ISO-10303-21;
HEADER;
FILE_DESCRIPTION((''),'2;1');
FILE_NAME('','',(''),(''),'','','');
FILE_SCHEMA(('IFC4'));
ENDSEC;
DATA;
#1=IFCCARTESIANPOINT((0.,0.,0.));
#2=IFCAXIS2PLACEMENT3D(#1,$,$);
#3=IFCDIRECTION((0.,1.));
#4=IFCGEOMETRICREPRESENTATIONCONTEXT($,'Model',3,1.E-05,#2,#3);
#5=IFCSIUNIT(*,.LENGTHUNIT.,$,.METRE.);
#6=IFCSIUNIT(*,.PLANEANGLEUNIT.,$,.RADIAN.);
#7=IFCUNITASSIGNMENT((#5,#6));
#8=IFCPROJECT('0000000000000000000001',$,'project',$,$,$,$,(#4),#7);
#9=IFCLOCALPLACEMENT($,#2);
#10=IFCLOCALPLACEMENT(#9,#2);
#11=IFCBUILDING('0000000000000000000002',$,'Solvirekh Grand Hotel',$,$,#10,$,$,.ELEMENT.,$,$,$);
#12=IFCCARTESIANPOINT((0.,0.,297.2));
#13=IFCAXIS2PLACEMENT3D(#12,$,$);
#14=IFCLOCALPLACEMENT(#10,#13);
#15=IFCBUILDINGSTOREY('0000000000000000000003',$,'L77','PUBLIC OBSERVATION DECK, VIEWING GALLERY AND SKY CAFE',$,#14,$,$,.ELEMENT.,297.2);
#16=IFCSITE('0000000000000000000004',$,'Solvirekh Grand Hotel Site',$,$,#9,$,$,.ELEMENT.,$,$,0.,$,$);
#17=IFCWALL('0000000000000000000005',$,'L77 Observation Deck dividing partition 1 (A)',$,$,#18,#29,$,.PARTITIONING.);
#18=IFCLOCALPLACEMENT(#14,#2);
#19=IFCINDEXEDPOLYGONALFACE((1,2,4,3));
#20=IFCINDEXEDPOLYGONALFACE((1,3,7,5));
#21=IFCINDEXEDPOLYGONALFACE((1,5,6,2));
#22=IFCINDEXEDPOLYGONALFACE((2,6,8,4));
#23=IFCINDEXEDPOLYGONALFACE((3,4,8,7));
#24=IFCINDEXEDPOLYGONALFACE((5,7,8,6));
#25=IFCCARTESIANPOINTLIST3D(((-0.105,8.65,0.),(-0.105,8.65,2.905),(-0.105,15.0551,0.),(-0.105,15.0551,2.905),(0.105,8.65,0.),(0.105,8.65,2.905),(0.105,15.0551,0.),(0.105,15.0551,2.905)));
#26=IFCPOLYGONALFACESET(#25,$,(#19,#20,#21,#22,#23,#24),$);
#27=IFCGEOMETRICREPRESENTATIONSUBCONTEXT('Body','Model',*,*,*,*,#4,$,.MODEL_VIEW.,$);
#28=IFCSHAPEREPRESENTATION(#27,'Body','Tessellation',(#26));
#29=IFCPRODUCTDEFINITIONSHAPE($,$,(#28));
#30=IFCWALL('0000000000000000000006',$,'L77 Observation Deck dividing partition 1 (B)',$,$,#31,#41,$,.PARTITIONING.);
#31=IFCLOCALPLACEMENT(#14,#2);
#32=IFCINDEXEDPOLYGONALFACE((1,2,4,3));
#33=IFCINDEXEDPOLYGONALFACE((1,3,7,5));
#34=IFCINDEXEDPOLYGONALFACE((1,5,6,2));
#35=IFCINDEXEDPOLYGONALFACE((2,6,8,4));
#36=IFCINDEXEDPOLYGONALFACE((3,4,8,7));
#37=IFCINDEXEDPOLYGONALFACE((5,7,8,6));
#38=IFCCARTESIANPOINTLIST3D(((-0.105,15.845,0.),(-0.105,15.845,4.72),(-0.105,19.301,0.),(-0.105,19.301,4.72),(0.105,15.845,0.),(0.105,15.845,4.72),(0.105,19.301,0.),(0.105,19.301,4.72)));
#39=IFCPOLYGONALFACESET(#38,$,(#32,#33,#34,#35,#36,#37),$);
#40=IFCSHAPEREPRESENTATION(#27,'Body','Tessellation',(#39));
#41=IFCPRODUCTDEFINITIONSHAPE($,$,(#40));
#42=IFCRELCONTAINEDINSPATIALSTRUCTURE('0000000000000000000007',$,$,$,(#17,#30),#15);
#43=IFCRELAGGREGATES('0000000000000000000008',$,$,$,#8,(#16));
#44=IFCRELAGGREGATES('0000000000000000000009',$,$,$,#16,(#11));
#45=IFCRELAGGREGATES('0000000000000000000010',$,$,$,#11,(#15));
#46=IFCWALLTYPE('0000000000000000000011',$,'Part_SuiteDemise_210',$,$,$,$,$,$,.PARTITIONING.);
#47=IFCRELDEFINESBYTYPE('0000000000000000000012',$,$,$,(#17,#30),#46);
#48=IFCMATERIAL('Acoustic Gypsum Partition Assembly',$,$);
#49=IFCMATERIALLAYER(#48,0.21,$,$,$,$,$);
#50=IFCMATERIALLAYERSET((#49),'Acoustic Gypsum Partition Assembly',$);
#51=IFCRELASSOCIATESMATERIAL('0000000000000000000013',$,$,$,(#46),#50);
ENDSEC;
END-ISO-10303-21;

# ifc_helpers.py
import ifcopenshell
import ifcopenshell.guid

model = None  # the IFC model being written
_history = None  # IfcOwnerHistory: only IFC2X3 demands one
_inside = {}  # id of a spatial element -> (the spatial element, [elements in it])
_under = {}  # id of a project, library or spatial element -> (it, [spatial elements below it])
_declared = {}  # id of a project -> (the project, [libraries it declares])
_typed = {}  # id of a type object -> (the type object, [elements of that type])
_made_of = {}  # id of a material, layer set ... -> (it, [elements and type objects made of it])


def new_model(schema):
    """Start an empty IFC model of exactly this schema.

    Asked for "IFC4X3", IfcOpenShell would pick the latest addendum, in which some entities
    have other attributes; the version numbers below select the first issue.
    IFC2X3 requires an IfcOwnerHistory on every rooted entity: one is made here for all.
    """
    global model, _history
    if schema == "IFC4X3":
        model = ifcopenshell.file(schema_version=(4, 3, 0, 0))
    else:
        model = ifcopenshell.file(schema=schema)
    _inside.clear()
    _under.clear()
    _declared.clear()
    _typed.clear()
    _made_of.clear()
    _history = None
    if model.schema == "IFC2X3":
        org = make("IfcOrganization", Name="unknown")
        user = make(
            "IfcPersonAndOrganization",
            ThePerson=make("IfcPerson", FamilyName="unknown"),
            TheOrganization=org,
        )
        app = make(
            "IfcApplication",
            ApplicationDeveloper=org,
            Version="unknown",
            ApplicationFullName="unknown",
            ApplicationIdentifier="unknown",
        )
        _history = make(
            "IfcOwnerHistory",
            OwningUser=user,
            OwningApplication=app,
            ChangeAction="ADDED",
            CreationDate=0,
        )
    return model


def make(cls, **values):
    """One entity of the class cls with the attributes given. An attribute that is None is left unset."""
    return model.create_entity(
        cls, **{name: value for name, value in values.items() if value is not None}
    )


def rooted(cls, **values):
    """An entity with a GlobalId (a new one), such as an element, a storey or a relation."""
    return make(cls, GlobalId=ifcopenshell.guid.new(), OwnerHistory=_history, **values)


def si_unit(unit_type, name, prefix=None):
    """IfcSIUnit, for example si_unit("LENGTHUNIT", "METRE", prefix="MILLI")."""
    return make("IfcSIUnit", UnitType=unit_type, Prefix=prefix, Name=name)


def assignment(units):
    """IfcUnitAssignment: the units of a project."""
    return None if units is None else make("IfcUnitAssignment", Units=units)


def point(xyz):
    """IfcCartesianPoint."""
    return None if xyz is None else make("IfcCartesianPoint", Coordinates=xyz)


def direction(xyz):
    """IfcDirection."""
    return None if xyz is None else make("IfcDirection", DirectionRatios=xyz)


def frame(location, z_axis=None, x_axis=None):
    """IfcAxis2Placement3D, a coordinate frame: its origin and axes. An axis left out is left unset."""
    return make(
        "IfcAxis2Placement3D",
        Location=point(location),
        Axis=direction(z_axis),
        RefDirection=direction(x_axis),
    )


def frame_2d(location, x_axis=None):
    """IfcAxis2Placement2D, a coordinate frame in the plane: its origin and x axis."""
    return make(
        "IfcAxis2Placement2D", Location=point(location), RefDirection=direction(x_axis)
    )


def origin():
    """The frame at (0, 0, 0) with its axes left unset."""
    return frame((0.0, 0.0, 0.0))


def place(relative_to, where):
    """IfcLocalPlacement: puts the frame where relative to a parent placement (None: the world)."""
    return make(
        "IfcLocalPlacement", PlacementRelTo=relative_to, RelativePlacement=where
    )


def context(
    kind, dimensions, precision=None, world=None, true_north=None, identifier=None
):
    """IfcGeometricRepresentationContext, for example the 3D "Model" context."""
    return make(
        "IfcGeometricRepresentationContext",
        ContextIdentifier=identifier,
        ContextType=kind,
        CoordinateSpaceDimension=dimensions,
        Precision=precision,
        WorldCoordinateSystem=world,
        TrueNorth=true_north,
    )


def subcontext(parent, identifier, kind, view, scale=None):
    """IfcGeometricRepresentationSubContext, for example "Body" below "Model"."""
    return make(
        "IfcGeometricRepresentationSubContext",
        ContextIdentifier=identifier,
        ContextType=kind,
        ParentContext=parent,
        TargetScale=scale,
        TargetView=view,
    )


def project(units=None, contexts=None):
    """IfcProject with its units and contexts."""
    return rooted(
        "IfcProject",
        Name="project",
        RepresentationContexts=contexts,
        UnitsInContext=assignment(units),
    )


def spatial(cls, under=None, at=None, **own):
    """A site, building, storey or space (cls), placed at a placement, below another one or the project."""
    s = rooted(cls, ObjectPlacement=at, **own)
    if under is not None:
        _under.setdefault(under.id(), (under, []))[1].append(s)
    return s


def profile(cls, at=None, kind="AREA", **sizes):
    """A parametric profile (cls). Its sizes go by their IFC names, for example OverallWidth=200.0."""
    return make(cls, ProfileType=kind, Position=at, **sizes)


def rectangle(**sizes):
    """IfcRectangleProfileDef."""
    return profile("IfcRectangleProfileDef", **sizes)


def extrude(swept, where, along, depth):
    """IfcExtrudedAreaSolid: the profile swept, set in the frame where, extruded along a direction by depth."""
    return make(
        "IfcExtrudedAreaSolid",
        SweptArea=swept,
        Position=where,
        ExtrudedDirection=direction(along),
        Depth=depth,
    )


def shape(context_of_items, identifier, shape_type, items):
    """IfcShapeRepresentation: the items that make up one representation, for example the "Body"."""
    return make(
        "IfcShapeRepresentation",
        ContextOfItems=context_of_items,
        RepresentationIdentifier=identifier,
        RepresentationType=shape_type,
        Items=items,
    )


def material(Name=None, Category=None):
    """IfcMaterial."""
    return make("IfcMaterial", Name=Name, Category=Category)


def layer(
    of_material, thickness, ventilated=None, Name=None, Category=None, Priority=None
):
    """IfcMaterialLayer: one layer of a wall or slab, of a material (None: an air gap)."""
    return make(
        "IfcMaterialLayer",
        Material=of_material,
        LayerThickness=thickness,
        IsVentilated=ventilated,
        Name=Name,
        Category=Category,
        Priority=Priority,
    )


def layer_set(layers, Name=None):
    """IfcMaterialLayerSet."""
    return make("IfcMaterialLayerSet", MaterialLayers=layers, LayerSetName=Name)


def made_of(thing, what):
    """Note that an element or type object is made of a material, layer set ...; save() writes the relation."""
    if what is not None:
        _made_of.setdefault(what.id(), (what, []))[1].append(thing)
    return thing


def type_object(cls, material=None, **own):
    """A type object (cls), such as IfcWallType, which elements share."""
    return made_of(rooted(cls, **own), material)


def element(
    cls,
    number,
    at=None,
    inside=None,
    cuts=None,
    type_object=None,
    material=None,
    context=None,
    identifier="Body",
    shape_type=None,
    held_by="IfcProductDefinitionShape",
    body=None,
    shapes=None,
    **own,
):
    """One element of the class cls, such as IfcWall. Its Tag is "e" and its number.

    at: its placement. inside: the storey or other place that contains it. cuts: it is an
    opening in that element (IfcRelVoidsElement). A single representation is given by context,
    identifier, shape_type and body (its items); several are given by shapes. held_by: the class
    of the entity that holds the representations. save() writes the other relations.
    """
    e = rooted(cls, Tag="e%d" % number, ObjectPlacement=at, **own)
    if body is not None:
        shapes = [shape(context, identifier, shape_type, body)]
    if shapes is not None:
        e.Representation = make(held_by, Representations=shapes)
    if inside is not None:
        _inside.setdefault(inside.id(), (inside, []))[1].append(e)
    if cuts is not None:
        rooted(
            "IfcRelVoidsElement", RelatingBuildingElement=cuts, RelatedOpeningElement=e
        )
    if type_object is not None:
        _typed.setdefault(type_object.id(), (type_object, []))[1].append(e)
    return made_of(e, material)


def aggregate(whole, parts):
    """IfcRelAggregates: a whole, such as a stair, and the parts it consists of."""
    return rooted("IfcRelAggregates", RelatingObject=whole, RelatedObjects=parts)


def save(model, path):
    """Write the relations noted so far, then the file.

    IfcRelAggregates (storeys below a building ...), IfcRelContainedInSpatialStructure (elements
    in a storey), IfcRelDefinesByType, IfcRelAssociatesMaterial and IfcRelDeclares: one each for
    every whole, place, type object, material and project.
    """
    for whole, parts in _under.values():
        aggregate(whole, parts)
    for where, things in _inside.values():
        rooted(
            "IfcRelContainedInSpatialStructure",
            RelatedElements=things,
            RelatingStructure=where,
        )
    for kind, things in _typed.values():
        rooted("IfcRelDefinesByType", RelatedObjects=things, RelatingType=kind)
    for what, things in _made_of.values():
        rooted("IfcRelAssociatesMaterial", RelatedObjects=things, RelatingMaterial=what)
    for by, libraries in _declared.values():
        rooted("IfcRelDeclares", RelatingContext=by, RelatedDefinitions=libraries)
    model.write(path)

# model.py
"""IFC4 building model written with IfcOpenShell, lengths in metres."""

from ifc_helpers import new_model, si_unit, direction, frame, frame_2d, origin, place, context, subcontext, project, spatial, rectangle, extrude, material, layer, layer_set, type_object, element, save


model = new_model("IFC4")

# Units and contexts
model_context = context("Model", 3, precision=1e-05, world=origin(), true_north=direction((0.0, 1.0)))
body_context = subcontext(model_context, "Body", "Model", "MODEL_VIEW")
ifc_project = project(units=[si_unit("LENGTHUNIT", "METRE"), si_unit("PLANEANGLEUNIT", "RADIAN")], contexts=[model_context])

# Site, building, storey
site_placement = place(None, origin())
site = spatial("IfcSite", under=ifc_project, at=site_placement, Name="Solvirekh Grand Hotel Site", CompositionType="ELEMENT", RefElevation=0.0)
building_placement = place(site_placement, origin())
building = spatial("IfcBuilding", under=site, at=building_placement, Name="Solvirekh Grand Hotel", CompositionType="ELEMENT")
storey_placement = place(building_placement, frame((0.0, 0.0, 297.2)))
storey = spatial("IfcBuildingStorey", under=building, at=storey_placement, Name="L77", Description="PUBLIC OBSERVATION DECK, VIEWING GALLERY AND SKY CAFE", CompositionType="ELEMENT", Elevation=297.2)

# Shared definitions
ifc_material_1 = material(Name="Acoustic Gypsum Partition Assembly")

# Walls
ifc_layer_1 = layer(ifc_material_1, 0.21)
ifc_layer_set_1 = layer_set([ifc_layer_1], Name="Acoustic Gypsum Partition Assembly")
wall_type_1 = type_object("IfcWallType", Name="Part_SuiteDemise_210", PredefinedType="PARTITIONING", material=ifc_layer_set_1)
wall_1_placement = place(storey_placement, frame((0.0, 8.6499, 0.0), z_axis=(0.0, 0.0, 1.0), x_axis=(0.0, 1.0, 0.0)))
element("IfcWall", 1, at=wall_1_placement, inside=storey, type_object=wall_type_1, Name="L77 Observation Deck dividing partition 1 (A)", PredefinedType="PARTITIONING", context=body_context, shape_type="SweptSolid", body=[
    extrude(rectangle(XDim=6.405, YDim=0.21, at=frame_2d((3.2026, 0.0))), origin(), (0.0, 0.0, 1.0), 2.905),
])
wall_2_placement = place(storey_placement, frame((0.0, 15.845, 0.0), z_axis=(0.0, 0.0, 1.0), x_axis=(0.0, 1.0, 0.0)))
element("IfcWall", 2, at=wall_2_placement, inside=storey, type_object=wall_type_1, Name="L77 Observation Deck dividing partition 1 (B)", PredefinedType="PARTITIONING", context=body_context, shape_type="SweptSolid", body=[
    extrude(rectangle(XDim=3.4561, YDim=0.21, at=frame_2d((1.728, 0.0))), origin(), (0.0, 0.0, 1.0), 4.72),
])

save(model, "model.ifc")
